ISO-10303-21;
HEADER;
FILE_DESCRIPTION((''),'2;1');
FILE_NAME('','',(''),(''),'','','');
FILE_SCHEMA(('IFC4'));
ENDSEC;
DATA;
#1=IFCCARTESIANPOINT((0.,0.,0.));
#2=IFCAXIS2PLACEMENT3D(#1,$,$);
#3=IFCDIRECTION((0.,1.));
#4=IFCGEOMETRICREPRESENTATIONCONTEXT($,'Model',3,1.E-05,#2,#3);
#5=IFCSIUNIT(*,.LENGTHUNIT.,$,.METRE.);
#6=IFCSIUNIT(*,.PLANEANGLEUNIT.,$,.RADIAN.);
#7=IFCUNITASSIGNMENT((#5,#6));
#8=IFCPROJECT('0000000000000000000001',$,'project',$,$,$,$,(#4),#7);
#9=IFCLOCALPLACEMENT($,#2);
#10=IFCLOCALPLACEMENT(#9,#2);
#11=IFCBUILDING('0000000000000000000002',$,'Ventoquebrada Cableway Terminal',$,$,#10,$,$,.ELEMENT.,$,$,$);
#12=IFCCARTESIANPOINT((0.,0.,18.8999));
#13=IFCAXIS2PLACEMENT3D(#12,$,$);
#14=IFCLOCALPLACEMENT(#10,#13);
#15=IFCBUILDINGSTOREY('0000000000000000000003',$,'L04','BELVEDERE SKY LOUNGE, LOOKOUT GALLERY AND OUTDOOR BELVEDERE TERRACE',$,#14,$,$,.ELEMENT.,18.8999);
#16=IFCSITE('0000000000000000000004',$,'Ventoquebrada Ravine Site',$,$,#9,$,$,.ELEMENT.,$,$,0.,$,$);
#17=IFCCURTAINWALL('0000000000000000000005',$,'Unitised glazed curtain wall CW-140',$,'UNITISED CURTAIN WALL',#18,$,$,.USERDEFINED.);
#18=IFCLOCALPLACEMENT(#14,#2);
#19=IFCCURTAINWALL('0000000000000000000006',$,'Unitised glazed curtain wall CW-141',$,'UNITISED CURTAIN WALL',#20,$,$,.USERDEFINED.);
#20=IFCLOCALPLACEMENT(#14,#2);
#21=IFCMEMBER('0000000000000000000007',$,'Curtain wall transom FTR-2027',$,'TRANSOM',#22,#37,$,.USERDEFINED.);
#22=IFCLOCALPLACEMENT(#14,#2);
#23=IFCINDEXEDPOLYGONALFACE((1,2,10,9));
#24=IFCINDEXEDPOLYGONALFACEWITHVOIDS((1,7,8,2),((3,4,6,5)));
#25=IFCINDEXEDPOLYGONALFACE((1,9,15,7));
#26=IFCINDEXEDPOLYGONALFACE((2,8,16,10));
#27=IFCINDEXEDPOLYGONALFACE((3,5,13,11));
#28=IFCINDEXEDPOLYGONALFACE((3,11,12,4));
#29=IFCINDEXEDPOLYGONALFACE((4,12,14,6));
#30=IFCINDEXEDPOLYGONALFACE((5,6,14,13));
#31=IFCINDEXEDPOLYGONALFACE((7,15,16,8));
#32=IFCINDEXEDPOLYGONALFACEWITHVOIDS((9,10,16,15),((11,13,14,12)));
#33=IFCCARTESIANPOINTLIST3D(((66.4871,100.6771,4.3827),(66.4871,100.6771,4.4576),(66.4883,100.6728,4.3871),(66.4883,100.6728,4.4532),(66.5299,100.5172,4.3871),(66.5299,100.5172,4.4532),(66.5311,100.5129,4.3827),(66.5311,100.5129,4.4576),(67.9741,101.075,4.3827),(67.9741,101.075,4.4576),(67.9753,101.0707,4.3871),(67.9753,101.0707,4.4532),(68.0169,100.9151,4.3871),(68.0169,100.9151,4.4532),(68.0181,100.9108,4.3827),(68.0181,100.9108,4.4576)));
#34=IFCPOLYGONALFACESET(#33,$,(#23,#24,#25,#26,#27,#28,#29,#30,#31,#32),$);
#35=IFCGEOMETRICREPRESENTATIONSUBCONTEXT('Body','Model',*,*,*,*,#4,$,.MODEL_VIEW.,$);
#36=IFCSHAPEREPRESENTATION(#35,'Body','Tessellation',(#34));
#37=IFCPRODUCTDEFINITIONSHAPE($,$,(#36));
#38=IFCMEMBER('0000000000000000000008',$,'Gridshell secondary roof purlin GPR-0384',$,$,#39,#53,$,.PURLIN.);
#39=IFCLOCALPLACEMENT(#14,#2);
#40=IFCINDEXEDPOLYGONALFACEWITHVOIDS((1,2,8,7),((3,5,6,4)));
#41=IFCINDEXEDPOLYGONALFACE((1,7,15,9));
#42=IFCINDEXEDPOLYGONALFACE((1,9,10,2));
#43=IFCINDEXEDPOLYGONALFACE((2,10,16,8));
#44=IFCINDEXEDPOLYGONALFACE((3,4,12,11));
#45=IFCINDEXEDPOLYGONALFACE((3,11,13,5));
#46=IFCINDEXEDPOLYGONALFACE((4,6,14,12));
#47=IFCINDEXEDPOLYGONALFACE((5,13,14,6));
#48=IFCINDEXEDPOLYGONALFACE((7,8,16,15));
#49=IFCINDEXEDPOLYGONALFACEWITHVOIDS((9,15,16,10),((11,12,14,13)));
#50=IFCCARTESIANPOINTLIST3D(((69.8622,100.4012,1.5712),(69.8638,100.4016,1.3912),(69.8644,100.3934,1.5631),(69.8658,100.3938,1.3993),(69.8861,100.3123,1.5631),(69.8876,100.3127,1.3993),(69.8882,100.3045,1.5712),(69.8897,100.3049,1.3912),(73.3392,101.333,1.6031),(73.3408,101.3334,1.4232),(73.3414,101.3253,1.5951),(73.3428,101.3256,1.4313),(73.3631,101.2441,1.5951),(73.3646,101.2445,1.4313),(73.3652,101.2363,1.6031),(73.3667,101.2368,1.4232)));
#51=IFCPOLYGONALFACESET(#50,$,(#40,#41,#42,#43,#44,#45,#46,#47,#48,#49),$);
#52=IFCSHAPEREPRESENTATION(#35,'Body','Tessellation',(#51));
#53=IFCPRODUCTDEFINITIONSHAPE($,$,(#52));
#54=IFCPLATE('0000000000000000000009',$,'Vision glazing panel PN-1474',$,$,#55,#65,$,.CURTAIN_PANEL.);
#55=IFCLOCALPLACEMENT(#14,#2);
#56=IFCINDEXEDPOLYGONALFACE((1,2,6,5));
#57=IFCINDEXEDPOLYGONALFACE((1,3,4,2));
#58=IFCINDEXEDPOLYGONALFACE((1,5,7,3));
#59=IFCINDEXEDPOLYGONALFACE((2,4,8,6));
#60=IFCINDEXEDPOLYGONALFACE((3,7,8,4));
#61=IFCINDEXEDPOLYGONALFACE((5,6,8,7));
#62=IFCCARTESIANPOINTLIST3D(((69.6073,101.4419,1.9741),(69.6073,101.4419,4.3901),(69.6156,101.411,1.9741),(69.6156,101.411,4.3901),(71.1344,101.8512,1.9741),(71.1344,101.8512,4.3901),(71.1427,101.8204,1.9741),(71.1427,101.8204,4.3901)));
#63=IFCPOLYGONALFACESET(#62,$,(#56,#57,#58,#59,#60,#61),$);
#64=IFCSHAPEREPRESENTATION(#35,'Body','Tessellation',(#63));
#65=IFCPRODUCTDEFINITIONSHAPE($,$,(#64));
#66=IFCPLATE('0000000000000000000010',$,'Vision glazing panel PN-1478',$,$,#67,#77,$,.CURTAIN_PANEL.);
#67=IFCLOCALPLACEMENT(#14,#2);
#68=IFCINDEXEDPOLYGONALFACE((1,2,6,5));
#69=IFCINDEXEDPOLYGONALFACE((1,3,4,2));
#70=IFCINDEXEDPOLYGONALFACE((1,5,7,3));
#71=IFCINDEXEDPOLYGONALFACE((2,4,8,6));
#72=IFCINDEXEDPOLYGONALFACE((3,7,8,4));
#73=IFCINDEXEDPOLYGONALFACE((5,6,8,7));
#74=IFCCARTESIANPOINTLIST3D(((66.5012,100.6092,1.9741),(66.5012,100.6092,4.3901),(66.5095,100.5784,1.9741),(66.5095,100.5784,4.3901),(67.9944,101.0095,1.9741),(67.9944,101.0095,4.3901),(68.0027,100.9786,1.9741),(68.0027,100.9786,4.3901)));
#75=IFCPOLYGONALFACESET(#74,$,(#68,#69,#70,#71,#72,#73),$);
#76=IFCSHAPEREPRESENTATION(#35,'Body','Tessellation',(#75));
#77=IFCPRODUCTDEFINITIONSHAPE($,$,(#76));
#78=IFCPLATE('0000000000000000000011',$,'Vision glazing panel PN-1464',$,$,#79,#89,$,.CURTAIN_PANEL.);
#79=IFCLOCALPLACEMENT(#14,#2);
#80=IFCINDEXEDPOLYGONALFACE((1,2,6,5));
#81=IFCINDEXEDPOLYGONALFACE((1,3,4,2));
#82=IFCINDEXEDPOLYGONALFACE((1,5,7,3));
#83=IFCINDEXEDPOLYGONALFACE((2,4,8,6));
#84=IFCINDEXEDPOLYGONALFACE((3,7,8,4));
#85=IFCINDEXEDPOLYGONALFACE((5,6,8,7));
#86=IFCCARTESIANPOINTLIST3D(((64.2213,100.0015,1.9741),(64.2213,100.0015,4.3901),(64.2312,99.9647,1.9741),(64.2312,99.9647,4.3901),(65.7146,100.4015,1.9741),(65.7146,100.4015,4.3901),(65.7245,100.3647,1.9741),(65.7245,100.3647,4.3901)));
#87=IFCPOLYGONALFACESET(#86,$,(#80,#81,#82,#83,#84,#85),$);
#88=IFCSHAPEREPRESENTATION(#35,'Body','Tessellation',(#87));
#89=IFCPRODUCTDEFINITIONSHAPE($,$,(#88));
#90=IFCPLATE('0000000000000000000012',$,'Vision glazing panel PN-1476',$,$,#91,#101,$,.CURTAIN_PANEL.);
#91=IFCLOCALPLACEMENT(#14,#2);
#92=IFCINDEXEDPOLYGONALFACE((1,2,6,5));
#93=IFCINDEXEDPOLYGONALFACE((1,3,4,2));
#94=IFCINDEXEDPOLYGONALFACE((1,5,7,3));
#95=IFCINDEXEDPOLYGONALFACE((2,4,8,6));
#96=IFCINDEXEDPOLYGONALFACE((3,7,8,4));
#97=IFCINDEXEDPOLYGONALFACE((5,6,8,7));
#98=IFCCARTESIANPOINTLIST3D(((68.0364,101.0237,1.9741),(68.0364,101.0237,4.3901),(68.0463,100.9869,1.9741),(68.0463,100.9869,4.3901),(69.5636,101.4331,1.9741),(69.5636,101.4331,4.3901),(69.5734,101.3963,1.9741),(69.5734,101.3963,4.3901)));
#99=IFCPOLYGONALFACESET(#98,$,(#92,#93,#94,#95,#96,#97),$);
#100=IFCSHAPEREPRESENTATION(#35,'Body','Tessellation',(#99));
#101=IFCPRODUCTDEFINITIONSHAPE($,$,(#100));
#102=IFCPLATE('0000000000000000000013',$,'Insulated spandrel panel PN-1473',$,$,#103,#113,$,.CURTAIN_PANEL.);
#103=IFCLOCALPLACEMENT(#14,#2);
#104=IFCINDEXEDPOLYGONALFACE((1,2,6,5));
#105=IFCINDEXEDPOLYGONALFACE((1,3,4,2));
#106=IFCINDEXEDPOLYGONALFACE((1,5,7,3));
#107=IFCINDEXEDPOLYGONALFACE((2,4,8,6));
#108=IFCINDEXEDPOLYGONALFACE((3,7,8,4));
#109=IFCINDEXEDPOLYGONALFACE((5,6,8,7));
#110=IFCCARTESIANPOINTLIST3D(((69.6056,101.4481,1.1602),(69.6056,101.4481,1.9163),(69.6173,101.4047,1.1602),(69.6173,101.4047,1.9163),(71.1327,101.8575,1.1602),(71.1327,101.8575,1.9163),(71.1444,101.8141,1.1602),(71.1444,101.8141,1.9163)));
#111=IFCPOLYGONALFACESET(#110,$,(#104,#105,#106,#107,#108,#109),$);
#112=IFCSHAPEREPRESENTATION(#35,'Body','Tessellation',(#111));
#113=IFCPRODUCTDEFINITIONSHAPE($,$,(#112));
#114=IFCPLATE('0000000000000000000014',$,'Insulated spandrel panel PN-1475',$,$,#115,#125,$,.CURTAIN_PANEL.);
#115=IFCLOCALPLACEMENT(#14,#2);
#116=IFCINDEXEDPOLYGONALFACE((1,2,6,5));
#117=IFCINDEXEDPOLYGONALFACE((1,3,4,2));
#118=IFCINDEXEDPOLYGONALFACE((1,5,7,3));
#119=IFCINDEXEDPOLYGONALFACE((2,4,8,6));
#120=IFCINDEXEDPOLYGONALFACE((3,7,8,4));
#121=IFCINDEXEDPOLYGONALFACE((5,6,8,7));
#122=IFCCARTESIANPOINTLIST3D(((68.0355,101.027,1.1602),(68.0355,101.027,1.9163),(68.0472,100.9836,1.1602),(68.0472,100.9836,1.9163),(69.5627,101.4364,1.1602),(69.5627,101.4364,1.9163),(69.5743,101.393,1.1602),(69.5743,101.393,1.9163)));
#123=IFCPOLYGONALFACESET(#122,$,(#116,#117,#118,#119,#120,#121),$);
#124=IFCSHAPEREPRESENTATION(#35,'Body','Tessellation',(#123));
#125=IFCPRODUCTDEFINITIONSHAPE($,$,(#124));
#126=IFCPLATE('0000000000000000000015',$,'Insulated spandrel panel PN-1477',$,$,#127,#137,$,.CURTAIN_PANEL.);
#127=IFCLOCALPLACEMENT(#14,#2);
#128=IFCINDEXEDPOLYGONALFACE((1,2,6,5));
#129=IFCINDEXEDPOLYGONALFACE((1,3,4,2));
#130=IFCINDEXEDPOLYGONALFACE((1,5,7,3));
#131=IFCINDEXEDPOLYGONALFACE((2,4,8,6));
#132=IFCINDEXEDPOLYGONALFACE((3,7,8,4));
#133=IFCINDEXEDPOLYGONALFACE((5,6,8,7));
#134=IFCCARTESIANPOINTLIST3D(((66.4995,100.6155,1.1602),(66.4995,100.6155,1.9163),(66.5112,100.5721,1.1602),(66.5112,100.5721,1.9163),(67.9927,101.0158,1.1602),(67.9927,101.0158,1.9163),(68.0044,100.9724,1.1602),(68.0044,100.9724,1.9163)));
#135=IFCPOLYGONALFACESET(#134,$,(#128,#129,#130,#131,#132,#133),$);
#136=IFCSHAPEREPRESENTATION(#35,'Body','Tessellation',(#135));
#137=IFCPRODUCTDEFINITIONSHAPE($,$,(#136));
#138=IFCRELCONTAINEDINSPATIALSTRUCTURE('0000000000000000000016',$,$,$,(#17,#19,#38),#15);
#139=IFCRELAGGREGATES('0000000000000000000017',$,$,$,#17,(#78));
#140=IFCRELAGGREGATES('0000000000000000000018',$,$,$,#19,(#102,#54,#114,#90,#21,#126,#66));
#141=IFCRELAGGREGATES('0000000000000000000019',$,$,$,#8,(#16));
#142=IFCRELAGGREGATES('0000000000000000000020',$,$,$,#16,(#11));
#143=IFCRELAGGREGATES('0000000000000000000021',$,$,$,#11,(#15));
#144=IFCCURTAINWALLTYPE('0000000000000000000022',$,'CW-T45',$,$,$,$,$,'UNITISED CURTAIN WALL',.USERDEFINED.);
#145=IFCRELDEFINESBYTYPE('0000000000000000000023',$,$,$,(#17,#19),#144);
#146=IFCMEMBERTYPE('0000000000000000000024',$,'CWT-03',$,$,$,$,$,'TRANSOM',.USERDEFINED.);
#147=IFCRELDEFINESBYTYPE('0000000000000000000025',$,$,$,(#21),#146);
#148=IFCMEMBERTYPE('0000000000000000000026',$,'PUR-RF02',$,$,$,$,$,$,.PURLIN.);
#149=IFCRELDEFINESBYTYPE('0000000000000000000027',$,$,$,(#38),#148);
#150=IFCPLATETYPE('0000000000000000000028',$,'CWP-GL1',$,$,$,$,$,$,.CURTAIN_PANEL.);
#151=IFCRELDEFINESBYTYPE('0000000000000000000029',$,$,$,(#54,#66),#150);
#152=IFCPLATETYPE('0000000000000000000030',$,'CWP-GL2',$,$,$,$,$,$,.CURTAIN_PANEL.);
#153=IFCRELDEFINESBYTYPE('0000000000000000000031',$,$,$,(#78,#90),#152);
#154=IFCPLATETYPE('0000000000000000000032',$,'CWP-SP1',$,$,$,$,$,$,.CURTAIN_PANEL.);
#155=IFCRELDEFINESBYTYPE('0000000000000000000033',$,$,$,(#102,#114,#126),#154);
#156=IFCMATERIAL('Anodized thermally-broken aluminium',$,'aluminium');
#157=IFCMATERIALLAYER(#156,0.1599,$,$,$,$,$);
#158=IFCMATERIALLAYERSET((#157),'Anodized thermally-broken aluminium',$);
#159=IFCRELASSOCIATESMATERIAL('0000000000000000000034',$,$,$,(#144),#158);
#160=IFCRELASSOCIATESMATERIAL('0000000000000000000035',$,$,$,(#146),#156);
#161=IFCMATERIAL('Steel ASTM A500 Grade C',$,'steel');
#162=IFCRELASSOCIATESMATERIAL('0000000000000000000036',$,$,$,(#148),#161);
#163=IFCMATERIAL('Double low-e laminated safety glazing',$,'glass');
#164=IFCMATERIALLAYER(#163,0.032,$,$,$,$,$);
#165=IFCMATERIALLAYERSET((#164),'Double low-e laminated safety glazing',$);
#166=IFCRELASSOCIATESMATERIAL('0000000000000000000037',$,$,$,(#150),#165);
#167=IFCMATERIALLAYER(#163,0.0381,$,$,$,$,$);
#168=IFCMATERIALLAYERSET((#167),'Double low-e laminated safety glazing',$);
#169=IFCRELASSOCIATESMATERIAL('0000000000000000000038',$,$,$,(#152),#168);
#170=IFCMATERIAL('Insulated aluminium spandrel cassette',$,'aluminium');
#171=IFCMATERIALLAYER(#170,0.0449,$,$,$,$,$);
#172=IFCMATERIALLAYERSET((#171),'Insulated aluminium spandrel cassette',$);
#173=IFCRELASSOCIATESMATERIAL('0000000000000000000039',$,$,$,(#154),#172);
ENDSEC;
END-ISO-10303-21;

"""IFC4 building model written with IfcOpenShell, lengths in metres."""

from ifc_helpers import new_model, si_unit, direction, frame, origin, origin_2d, place, context, subcontext, project, spatial, rectangle, hollow_rectangle, extrude, material, layer, layer_set, material_profile, profile_set, type_object, element, aggregate, save


model = new_model("IFC4")

# Units and contexts
model_context = context("Model", 3, precision=1e-05, world=origin(), true_north=direction((0.0, 1.0)))
body_context = subcontext(model_context, "Body", "Model", "MODEL_VIEW")
ifc_project = project(units=[si_unit("LENGTHUNIT", "METRE"), si_unit("PLANEANGLEUNIT", "RADIAN")], contexts=[model_context])

# Site, building, storey
site_placement = place(None, origin())
site = spatial("IfcSite", under=ifc_project, at=site_placement, Name="Ventoquebrada Ravine Site", CompositionType="ELEMENT", RefElevation=0.0)
building_placement = place(site_placement, origin())
building = spatial("IfcBuilding", under=site, at=building_placement, Name="Ventoquebrada Cableway Terminal", CompositionType="ELEMENT")
storey_placement = place(building_placement, frame((0.0, 0.0, 18.8999)))
storey = spatial("IfcBuildingStorey", under=building, at=storey_placement, Name="L04", Description="BELVEDERE SKY LOUNGE, LOOKOUT GALLERY AND OUTDOOR BELVEDERE TERRACE", CompositionType="ELEMENT", Elevation=18.8999)

# Shared definitions
ifc_material_1 = material(Name="Steel ASTM A500 Grade C", Category="steel")

# Curtain wall
ifc_material_2 = material(Name="Anodized thermally-broken aluminium", Category="aluminium")
ifc_layer_1 = layer(ifc_material_2, 0.1599)
ifc_layer_set_1 = layer_set([ifc_layer_1], Name="Anodized thermally-broken aluminium")
curtain_wall_type = type_object("IfcCurtainWallType", Name="CW-T45", ElementType="UNITISED CURTAIN WALL", PredefinedType="USERDEFINED", material=ifc_layer_set_1)
curtain_wall_1_placement = place(storey_placement, origin())
curtain_wall_1 = element("IfcCurtainWall", 1, at=curtain_wall_1_placement, inside=storey, type_object=curtain_wall_type, Name="Unitised glazed curtain wall CW-140", ObjectType="UNITISED CURTAIN WALL", PredefinedType="USERDEFINED")

# Curtain wall
curtain_wall_2_placement = place(storey_placement, origin())
curtain_wall_2 = element("IfcCurtainWall", 2, at=curtain_wall_2_placement, inside=storey, type_object=curtain_wall_type, Name="Unitised glazed curtain wall CW-141", ObjectType="UNITISED CURTAIN WALL", PredefinedType="USERDEFINED")

# Members
ifc_material_profile_1 = material_profile(ifc_material_2, hollow_rectangle(XDim=0.075, YDim=0.1699, WallThickness=0.0044, at=origin_2d()), Name="CW-TRN-75X170")
ifc_profile_set_1 = profile_set([ifc_material_profile_1], Name="Anodized thermally-broken aluminium")
member_type_1 = type_object("IfcMemberType", Name="CWT-03", ElementType="TRANSOM", PredefinedType="USERDEFINED", material=ifc_profile_set_1)
member_1_placement = place(storey_placement, frame((67.9961, 100.9929, 4.4202), z_axis=(-0.966008, -0.258511, 0.0), x_axis=(0.0, 0.0, 1.0)))
member_1 = element("IfcMember", 3, at=member_1_placement, type_object=member_type_1, Name="Curtain wall transom FTR-2027", ObjectType="TRANSOM", PredefinedType="USERDEFINED", context=body_context, shape_type="SweptSolid", body=[
    extrude(hollow_rectangle(XDim=0.075, YDim=0.1699, WallThickness=0.0044, at=origin_2d()), origin(), (0.0, 0.0, 1.0), 1.5393),
])
ifc_material_profile_2 = material_profile(ifc_material_1, hollow_rectangle(XDim=0.1001, YDim=0.1799, WallThickness=0.0081, at=origin_2d()), Name="RHS180X100X8")
ifc_profile_set_2 = profile_set([ifc_material_profile_2], Name="Steel ASTM A500 Grade C")
member_type_2 = type_object("IfcMemberType", Name="PUR-RF02", PredefinedType="PURLIN", material=ifc_profile_set_2)
member_2_placement = place(storey_placement, frame((69.876, 100.353, 1.4812), z_axis=(0.965873, 0.258864, 0.008884), x_axis=(-0.258874, 0.965911, 0.0)))
element("IfcMember", 4, at=member_2_placement, inside=storey, type_object=member_type_2, Name="Gridshell secondary roof purlin GPR-0384", PredefinedType="PURLIN", context=body_context, shape_type="SweptSolid", body=[
    extrude(hollow_rectangle(XDim=0.1001, YDim=0.1799, WallThickness=0.0081, at=origin_2d()), origin(), (0.0, 0.0, 1.0), 3.5999),
])

# Plates
ifc_material_3 = material(Name="Double low-e laminated safety glazing", Category="glass")
ifc_layer_2 = layer(ifc_material_3, 0.032)
ifc_layer_set_2 = layer_set([ifc_layer_2], Name="Double low-e laminated safety glazing")
plate_type_1 = type_object("IfcPlateType", Name="CWP-GL1", PredefinedType="CURTAIN_PANEL", material=ifc_layer_set_2)
plate_1_placement = place(storey_placement, frame((70.375, 101.6311, 1.9741), z_axis=(0.0, 0.0, 1.0), x_axis=(-0.965894, -0.258937, 0.0)))
plate_1 = element("IfcPlate", 5, at=plate_1_placement, type_object=plate_type_1, Name="Vision glazing panel PN-1474", PredefinedType="CURTAIN_PANEL", context=body_context, shape_type="SweptSolid", body=[
    extrude(rectangle(XDim=1.5811, YDim=0.032, at=origin_2d()), origin(), (0.0, 0.0, 1.0), 2.416),
])
plate_2_placement = place(storey_placement, frame((67.252, 100.7939, 1.9741), z_axis=(0.0, 0.0, 1.0), x_axis=(-0.965894, -0.258937, 0.0)))
plate_2 = element("IfcPlate", 6, at=plate_2_placement, type_object=plate_type_1, Name="Vision glazing panel PN-1478", PredefinedType="CURTAIN_PANEL", context=body_context, shape_type="SweptSolid", body=[
    extrude(rectangle(XDim=1.5459, YDim=0.032, at=origin_2d()), origin(), (0.0, 0.0, 1.0), 2.416),
])
ifc_layer_3 = layer(ifc_material_3, 0.0381)
ifc_layer_set_3 = layer_set([ifc_layer_3], Name="Double low-e laminated safety glazing")
plate_type_2 = type_object("IfcPlateType", Name="CWP-GL2", PredefinedType="CURTAIN_PANEL", material=ifc_layer_set_3)
plate_3_placement = place(storey_placement, frame((64.9729, 100.1831, 1.9741), z_axis=(0.0, 0.0, 1.0), x_axis=(-0.965944, -0.258752, 0.0)))
plate_3 = element("IfcPlate", 7, at=plate_3_placement, type_object=plate_type_2, Name="Vision glazing panel PN-1464", PredefinedType="CURTAIN_PANEL", context=body_context, shape_type="SweptSolid", body=[
    extrude(rectangle(XDim=1.5459, YDim=0.0381, at=origin_2d()), origin(), (0.0, 0.0, 1.0), 2.416),
])
aggregate(curtain_wall_1, [plate_3])
plate_4_placement = place(storey_placement, frame((68.8049, 101.21, 1.9741), z_axis=(0.0, 0.0, 1.0), x_axis=(-0.965894, -0.258937, 0.0)))
plate_4 = element("IfcPlate", 8, at=plate_4_placement, type_object=plate_type_2, Name="Vision glazing panel PN-1476", PredefinedType="CURTAIN_PANEL", context=body_context, shape_type="SweptSolid", body=[
    extrude(rectangle(XDim=1.5811, YDim=0.0381, at=origin_2d()), origin(), (0.0, 0.0, 1.0), 2.416),
])
ifc_material_4 = material(Name="Insulated aluminium spandrel cassette", Category="aluminium")
ifc_layer_4 = layer(ifc_material_4, 0.0449)
ifc_layer_set_4 = layer_set([ifc_layer_4], Name="Insulated aluminium spandrel cassette")
plate_type_3 = type_object("IfcPlateType", Name="CWP-SP1", PredefinedType="CURTAIN_PANEL", material=ifc_layer_set_4)
plate_5_placement = place(storey_placement, frame((70.375, 101.6311, 1.1602), z_axis=(0.0, 0.0, 1.0), x_axis=(-0.965894, -0.258937, 0.0)))
plate_5 = element("IfcPlate", 9, at=plate_5_placement, type_object=plate_type_3, Name="Insulated spandrel panel PN-1473", PredefinedType="CURTAIN_PANEL", context=body_context, shape_type="SweptSolid", body=[
    extrude(rectangle(XDim=1.5811, YDim=0.0449, at=origin_2d()), origin(), (0.0, 0.0, 1.0), 0.7561),
])
plate_6_placement = place(storey_placement, frame((68.8049, 101.21, 1.1602), z_axis=(0.0, 0.0, 1.0), x_axis=(-0.965894, -0.258937, 0.0)))
plate_6 = element("IfcPlate", 10, at=plate_6_placement, type_object=plate_type_3, Name="Insulated spandrel panel PN-1475", PredefinedType="CURTAIN_PANEL", context=body_context, shape_type="SweptSolid", body=[
    extrude(rectangle(XDim=1.5811, YDim=0.0449, at=origin_2d()), origin(), (0.0, 0.0, 1.0), 0.7561),
])
plate_7_placement = place(storey_placement, frame((67.252, 100.7939, 1.1602), z_axis=(0.0, 0.0, 1.0), x_axis=(-0.965894, -0.258937, 0.0)))
plate_7 = element("IfcPlate", 11, at=plate_7_placement, type_object=plate_type_3, Name="Insulated spandrel panel PN-1477", PredefinedType="CURTAIN_PANEL", context=body_context, shape_type="SweptSolid", body=[
    extrude(rectangle(XDim=1.5459, YDim=0.0449, at=origin_2d()), origin(), (0.0, 0.0, 1.0), 0.7561),
])
aggregate(curtain_wall_2, [plate_5, plate_1, plate_6, plate_4, member_1, plate_7, plate_2])

save(model, "model.ifc")
